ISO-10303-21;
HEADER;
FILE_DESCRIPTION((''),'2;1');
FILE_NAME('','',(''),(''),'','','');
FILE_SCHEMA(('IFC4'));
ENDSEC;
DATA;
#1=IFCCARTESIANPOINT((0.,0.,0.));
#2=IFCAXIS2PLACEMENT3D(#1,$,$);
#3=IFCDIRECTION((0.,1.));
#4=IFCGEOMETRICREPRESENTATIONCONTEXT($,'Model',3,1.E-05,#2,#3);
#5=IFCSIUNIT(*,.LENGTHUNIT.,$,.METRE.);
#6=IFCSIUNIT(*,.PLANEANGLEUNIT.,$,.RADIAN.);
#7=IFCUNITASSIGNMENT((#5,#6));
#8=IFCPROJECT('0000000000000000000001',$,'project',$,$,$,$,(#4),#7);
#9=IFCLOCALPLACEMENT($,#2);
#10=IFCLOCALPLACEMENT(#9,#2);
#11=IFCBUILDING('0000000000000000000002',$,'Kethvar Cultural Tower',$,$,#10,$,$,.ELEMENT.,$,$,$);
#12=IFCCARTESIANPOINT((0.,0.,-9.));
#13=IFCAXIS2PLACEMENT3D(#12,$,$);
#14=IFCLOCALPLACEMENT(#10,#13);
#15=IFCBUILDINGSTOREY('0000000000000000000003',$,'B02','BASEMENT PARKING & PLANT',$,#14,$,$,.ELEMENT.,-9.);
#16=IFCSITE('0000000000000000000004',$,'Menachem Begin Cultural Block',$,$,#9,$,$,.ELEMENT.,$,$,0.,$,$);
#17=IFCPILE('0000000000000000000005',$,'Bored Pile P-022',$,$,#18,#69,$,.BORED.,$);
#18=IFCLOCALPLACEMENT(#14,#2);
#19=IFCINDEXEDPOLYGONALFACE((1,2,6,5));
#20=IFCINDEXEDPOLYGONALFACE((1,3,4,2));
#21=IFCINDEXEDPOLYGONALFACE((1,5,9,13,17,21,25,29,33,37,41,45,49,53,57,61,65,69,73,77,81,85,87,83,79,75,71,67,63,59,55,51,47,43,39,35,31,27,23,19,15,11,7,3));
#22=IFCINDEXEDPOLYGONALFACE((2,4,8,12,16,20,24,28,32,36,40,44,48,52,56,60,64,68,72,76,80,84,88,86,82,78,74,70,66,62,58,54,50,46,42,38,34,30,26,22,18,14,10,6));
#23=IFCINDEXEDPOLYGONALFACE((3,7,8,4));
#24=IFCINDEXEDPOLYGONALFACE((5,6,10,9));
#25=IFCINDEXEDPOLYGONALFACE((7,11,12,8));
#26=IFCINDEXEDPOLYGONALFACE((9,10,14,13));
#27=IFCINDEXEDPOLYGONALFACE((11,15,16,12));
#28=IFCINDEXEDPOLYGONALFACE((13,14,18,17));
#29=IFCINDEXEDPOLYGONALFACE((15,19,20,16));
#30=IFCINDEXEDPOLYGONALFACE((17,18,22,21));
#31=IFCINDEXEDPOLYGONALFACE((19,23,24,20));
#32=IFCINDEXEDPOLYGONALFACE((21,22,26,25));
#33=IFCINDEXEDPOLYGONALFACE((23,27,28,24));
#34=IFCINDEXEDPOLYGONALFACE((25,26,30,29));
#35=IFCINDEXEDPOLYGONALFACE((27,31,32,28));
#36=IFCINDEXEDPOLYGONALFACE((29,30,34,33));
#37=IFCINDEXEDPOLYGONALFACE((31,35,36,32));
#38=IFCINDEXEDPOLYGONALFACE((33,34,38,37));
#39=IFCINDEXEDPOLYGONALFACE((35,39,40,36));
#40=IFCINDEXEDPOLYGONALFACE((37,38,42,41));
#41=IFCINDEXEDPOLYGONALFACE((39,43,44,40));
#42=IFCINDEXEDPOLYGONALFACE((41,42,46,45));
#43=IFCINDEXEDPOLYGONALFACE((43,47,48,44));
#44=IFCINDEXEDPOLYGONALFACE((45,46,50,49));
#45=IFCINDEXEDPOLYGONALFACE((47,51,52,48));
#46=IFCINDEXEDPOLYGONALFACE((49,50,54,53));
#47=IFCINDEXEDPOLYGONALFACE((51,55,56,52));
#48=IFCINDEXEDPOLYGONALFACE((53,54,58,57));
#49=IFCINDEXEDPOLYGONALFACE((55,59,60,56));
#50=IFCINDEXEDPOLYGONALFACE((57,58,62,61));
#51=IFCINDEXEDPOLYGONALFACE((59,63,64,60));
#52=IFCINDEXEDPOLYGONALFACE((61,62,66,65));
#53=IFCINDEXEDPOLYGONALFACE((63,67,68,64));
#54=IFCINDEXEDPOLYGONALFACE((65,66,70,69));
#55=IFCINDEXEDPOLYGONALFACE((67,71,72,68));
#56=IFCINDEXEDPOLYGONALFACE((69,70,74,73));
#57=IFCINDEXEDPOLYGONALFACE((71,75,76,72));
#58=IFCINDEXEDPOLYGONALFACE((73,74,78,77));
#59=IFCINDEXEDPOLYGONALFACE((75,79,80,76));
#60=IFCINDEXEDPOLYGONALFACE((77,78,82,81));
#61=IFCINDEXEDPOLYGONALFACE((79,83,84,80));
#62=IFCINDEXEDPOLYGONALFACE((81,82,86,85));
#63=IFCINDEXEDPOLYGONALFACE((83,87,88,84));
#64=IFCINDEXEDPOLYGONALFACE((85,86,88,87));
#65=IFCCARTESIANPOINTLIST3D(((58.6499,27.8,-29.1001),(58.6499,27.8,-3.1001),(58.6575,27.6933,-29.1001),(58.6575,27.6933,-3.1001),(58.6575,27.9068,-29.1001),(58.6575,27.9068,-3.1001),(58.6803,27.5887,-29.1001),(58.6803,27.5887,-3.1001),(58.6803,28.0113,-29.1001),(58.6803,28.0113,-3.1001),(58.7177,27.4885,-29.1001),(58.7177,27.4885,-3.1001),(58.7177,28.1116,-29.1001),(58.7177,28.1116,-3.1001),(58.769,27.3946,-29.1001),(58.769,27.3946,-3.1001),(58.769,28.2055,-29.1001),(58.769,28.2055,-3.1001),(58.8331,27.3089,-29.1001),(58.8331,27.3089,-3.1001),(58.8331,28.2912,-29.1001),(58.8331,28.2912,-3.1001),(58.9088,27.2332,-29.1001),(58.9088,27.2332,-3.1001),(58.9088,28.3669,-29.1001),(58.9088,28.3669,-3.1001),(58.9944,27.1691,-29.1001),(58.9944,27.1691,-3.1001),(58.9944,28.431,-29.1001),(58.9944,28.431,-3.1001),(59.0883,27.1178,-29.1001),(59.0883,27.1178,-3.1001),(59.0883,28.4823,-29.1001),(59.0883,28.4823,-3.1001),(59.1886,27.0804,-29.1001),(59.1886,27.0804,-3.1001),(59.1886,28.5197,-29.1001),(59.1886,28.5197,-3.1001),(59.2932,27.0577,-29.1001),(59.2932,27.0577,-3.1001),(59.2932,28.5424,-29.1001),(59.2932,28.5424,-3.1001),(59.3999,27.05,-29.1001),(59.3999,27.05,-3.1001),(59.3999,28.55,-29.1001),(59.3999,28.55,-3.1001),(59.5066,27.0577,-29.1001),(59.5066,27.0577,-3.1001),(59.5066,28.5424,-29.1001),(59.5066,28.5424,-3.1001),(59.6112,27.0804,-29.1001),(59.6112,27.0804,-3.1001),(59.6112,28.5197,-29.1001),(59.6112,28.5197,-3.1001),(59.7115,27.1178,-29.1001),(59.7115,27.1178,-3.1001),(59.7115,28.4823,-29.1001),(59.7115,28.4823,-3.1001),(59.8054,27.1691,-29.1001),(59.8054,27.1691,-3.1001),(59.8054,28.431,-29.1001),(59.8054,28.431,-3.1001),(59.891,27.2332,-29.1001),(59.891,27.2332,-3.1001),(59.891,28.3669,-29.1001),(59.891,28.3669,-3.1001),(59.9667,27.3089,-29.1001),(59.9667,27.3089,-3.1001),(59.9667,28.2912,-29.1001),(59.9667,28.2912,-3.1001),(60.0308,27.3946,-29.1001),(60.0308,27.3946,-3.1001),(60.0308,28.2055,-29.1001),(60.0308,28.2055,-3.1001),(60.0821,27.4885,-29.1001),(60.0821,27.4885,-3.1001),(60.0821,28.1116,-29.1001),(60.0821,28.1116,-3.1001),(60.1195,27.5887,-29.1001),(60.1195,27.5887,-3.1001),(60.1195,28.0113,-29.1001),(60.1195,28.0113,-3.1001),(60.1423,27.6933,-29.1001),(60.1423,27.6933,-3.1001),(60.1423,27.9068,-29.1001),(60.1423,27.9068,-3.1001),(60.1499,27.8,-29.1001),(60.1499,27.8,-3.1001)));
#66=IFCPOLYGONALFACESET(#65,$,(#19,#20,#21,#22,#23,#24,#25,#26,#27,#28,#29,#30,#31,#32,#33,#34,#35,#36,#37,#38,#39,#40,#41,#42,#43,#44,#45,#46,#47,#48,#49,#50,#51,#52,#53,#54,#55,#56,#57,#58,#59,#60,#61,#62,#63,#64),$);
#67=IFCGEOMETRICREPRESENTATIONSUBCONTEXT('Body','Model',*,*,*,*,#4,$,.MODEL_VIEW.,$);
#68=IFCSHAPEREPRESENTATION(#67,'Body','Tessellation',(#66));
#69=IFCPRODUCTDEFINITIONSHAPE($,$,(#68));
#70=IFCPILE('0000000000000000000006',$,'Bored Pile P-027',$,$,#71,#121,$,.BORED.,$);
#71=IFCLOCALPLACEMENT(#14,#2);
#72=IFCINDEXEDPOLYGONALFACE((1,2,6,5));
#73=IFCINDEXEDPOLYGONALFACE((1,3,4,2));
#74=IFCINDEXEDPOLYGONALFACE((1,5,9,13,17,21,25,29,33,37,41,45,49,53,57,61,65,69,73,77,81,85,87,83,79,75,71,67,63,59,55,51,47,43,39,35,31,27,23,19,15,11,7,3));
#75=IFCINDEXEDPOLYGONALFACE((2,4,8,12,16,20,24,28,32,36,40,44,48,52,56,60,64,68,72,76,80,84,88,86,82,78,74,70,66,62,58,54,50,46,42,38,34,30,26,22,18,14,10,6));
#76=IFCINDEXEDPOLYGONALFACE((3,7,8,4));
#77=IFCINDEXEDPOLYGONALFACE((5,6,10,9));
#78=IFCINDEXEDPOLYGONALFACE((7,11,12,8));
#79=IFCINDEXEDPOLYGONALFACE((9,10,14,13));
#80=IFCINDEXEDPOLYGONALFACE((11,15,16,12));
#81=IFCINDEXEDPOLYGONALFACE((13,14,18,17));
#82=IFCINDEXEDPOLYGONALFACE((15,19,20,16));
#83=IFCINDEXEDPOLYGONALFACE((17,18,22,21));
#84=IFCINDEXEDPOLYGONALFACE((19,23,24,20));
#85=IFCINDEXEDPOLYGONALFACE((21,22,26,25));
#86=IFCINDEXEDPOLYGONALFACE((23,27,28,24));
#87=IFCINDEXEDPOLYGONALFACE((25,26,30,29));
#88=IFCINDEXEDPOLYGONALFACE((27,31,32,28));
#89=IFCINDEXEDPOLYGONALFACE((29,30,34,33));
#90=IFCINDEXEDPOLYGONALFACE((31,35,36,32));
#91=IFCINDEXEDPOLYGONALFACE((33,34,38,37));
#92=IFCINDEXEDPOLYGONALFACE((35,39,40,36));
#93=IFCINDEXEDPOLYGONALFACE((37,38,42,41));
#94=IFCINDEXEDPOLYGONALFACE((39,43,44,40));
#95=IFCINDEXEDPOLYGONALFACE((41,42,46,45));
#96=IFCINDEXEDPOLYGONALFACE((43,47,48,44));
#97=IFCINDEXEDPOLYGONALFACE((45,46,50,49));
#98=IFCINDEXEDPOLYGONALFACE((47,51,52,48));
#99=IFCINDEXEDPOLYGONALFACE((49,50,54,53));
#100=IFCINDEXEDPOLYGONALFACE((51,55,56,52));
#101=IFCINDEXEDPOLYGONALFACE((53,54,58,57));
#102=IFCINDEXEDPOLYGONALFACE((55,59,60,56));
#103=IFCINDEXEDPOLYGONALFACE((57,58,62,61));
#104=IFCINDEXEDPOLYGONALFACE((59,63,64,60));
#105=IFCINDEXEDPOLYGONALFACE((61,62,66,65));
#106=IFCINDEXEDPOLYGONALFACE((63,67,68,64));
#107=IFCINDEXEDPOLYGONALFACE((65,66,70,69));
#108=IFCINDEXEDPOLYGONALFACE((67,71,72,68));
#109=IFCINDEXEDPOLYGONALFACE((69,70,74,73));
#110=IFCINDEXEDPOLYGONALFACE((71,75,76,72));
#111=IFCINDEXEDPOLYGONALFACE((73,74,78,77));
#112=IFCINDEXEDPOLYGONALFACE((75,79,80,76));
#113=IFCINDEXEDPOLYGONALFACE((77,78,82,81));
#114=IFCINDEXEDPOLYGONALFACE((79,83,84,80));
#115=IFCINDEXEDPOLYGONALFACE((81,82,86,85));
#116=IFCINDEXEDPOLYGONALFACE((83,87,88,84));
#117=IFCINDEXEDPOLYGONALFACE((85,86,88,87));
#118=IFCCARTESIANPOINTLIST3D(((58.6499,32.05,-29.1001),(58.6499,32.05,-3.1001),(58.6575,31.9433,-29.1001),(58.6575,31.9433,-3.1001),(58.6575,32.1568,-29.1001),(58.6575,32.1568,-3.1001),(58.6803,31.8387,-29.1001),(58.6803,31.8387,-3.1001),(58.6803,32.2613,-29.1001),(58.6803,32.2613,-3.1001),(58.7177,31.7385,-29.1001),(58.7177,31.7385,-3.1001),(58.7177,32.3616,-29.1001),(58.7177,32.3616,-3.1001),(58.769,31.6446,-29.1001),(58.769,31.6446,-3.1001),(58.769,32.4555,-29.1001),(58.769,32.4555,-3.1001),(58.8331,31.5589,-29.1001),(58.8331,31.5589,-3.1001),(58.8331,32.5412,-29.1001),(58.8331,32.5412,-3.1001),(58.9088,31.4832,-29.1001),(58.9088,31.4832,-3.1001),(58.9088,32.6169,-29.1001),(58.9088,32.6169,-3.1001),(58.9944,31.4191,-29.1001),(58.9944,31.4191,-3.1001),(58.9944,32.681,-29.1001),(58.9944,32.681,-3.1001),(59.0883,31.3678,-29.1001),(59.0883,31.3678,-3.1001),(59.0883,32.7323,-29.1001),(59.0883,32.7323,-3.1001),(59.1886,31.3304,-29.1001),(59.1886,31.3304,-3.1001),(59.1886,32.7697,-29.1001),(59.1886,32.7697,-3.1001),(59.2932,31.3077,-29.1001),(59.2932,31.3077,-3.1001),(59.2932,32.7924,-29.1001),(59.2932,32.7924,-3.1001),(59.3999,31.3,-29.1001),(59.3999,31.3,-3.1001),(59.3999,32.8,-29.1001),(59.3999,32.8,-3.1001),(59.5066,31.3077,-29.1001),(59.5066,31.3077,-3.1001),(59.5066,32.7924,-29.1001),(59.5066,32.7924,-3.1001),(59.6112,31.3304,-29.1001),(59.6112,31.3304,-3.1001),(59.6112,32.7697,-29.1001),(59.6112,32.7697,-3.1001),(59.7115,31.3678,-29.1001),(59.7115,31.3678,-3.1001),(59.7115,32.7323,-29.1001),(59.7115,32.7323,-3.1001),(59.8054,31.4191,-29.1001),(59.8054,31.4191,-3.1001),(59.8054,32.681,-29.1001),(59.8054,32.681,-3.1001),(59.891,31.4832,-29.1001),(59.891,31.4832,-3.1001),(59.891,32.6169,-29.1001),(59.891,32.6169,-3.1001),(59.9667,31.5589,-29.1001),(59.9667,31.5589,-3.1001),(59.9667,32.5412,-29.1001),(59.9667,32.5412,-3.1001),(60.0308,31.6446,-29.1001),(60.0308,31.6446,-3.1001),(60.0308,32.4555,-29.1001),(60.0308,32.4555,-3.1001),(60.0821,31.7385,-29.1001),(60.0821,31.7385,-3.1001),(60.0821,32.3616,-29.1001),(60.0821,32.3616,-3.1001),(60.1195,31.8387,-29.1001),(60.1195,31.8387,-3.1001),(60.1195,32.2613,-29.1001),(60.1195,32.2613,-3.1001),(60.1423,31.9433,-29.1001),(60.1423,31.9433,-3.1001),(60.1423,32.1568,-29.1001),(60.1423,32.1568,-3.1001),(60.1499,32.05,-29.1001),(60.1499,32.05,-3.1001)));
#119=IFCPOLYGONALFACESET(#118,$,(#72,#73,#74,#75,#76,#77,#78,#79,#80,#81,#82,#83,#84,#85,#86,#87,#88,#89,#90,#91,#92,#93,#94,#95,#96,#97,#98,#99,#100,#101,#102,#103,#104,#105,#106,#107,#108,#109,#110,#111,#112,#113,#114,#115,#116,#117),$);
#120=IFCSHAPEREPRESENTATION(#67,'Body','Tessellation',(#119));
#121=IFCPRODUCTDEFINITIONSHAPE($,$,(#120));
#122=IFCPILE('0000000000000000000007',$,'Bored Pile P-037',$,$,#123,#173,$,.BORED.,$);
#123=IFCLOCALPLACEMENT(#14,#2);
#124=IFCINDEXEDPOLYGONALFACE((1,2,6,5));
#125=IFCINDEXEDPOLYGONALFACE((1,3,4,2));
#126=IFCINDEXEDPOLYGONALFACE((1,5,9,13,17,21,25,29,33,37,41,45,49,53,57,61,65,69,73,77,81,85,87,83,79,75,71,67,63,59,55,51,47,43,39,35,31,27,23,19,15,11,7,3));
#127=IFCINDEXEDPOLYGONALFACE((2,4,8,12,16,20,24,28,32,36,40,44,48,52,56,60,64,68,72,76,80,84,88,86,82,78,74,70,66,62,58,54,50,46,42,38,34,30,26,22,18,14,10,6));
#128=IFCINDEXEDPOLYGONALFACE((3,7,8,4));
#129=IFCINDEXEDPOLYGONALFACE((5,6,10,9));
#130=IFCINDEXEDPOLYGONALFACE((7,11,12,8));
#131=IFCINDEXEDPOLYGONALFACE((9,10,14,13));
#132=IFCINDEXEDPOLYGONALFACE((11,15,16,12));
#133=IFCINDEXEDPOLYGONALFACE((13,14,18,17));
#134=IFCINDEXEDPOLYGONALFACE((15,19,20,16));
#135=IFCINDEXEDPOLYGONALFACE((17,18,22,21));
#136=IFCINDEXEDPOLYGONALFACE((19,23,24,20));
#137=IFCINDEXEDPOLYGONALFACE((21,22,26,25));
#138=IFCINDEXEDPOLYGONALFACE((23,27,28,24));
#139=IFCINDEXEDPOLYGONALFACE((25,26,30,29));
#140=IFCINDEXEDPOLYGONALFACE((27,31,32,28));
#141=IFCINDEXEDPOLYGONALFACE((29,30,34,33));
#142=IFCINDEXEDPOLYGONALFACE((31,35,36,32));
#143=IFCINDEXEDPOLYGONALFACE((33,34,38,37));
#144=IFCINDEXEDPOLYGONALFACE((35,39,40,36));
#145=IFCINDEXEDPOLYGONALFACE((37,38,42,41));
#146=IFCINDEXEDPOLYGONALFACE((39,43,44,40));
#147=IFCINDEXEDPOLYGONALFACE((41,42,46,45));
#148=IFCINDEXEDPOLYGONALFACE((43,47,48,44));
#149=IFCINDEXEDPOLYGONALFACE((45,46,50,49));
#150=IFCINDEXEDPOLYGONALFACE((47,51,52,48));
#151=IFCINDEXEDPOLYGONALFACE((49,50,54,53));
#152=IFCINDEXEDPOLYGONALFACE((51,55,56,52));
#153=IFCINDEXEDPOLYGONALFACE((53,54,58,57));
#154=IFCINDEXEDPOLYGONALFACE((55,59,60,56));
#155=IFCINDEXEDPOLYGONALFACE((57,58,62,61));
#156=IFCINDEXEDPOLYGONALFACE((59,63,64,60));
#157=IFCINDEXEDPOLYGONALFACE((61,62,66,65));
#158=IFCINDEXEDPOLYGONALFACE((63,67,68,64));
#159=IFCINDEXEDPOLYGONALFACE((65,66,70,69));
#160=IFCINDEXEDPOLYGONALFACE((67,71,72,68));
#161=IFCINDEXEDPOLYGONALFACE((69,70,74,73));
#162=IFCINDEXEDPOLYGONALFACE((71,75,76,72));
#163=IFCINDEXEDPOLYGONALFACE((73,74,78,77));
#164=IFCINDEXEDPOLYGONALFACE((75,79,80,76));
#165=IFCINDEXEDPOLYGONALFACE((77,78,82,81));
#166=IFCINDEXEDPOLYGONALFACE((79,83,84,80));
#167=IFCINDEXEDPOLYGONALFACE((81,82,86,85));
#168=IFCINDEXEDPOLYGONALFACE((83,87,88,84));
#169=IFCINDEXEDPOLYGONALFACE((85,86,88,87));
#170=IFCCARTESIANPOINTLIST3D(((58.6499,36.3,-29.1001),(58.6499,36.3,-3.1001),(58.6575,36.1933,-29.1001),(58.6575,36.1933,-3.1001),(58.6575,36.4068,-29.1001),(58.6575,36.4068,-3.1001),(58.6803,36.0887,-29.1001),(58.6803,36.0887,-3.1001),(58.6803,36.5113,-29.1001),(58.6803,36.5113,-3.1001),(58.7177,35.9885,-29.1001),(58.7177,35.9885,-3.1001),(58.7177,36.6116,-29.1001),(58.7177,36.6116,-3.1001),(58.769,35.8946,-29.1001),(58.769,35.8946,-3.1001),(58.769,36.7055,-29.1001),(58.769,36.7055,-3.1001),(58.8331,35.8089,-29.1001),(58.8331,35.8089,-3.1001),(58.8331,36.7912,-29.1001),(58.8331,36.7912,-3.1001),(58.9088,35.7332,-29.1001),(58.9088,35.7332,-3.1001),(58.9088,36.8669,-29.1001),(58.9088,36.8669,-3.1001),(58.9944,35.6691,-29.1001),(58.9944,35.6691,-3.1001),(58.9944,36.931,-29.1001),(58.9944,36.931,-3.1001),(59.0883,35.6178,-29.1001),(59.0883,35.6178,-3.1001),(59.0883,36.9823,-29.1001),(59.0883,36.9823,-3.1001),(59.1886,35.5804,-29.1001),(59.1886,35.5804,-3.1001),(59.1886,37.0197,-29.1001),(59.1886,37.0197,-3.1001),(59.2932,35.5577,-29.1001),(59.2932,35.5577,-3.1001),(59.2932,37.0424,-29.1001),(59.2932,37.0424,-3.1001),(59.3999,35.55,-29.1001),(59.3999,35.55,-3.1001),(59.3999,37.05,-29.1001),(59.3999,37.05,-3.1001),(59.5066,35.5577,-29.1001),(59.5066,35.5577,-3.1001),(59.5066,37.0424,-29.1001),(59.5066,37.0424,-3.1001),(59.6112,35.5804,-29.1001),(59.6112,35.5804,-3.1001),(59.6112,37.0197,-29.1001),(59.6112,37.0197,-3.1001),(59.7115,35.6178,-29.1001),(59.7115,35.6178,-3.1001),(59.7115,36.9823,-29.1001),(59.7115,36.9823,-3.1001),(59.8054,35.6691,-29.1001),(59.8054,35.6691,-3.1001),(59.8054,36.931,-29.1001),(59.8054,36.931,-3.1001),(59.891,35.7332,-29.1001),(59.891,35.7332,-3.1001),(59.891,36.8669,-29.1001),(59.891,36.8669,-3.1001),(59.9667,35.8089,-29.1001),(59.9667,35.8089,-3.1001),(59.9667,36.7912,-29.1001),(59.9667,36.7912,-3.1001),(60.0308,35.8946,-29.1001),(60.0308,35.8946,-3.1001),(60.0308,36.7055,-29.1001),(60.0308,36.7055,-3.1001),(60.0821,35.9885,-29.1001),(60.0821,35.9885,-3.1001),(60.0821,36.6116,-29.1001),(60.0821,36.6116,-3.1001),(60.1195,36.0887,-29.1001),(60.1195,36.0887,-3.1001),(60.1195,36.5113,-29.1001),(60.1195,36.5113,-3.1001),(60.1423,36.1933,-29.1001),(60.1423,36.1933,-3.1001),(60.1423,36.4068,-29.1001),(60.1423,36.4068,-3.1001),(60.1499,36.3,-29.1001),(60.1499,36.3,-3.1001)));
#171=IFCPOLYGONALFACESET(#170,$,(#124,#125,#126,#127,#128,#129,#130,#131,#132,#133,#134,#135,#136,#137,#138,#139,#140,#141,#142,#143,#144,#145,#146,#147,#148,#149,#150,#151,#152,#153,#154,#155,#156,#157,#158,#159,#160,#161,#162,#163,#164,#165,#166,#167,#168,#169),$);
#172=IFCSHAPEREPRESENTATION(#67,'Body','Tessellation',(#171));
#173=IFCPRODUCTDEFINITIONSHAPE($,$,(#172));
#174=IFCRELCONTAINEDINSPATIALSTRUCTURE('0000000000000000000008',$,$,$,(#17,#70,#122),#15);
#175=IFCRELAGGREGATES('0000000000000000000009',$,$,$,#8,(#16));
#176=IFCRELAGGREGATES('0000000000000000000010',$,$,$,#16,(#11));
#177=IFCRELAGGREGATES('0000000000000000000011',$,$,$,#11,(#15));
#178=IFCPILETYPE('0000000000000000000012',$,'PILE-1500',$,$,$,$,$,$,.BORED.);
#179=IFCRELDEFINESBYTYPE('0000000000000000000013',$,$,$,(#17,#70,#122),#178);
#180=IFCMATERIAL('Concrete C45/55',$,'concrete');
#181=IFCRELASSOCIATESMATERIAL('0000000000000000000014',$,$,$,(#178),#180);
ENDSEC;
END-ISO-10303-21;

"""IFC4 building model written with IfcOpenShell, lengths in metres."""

from ifc_helpers import new_model, si_unit, direction, frame, origin, origin_2d, place, context, subcontext, project, spatial, circle, extrude, source, transform, mapped, material, material_profile, profile_set, type_object, element, save


model = new_model("IFC4")

# Units and contexts
model_context = context("Model", 3, precision=1e-05, world=origin(), true_north=direction((0.0, 1.0)))
body_context = subcontext(model_context, "Body", "Model", "MODEL_VIEW")
ifc_project = project(units=[si_unit("LENGTHUNIT", "METRE"), si_unit("PLANEANGLEUNIT", "RADIAN")], contexts=[model_context])

# Site, building, storey
site_placement = place(None, origin())
site = spatial("IfcSite", under=ifc_project, at=site_placement, Name="Menachem Begin Cultural Block", CompositionType="ELEMENT", RefElevation=0.0)
building_placement = place(site_placement, origin())
building = spatial("IfcBuilding", under=site, at=building_placement, Name="Kethvar Cultural Tower", CompositionType="ELEMENT")
storey_placement = place(building_placement, frame((0.0, 0.0, -9.0)))
storey = spatial("IfcBuildingStorey", under=building, at=storey_placement, Name="B02", Description="BASEMENT PARKING & PLANT", CompositionType="ELEMENT", Elevation=-9.0)

# Piles
ifc_material_1 = material(Name="Concrete C45/55", Category="concrete")
ifc_material_profile_1 = material_profile(ifc_material_1, circle(Radius=0.75, at=origin_2d()), Name="Concrete C45/55 — PILE1500")
ifc_profile_set_1 = profile_set([ifc_material_profile_1], Name="Concrete C45/55 — PILE1500")
pile_type = type_object("IfcPileType", Name="PILE-1500", PredefinedType="BORED", material=ifc_profile_set_1)
shared_shape_1 = source(origin(), body_context, "Body", "SweptSolid", [
    extrude(circle(Radius=0.75, at=origin_2d()), origin(), (0.0, 0.0, 1.0), 26.0),
])
for number, where, z_axis, x_axis, name in (
    (1, (59.3999, 27.8, -3.1001), (0.0, 0.0, -1.0), (1.0, 0.0, 0.0), "Bored Pile P-022"),
    (2, (59.3999, 32.05, -3.1001), (0.0, 0.0, -1.0), (1.0, 0.0, 0.0), "Bored Pile P-027"),
    (3, (59.3999, 36.3, -3.1001), (0.0, 0.0, -1.0), (1.0, 0.0, 0.0), "Bored Pile P-037"),
):
    element("IfcPile", number, at=place(storey_placement, frame(where, z_axis=z_axis, x_axis=x_axis)), inside=storey, type_object=pile_type, Name=name, PredefinedType="BORED", context=body_context, shape_type="MappedRepresentation", body=[
        mapped(shared_shape_1, transform((0.0, 0.0, 0.0), scale=1.0)),
    ])

save(model, "model.ifc")
